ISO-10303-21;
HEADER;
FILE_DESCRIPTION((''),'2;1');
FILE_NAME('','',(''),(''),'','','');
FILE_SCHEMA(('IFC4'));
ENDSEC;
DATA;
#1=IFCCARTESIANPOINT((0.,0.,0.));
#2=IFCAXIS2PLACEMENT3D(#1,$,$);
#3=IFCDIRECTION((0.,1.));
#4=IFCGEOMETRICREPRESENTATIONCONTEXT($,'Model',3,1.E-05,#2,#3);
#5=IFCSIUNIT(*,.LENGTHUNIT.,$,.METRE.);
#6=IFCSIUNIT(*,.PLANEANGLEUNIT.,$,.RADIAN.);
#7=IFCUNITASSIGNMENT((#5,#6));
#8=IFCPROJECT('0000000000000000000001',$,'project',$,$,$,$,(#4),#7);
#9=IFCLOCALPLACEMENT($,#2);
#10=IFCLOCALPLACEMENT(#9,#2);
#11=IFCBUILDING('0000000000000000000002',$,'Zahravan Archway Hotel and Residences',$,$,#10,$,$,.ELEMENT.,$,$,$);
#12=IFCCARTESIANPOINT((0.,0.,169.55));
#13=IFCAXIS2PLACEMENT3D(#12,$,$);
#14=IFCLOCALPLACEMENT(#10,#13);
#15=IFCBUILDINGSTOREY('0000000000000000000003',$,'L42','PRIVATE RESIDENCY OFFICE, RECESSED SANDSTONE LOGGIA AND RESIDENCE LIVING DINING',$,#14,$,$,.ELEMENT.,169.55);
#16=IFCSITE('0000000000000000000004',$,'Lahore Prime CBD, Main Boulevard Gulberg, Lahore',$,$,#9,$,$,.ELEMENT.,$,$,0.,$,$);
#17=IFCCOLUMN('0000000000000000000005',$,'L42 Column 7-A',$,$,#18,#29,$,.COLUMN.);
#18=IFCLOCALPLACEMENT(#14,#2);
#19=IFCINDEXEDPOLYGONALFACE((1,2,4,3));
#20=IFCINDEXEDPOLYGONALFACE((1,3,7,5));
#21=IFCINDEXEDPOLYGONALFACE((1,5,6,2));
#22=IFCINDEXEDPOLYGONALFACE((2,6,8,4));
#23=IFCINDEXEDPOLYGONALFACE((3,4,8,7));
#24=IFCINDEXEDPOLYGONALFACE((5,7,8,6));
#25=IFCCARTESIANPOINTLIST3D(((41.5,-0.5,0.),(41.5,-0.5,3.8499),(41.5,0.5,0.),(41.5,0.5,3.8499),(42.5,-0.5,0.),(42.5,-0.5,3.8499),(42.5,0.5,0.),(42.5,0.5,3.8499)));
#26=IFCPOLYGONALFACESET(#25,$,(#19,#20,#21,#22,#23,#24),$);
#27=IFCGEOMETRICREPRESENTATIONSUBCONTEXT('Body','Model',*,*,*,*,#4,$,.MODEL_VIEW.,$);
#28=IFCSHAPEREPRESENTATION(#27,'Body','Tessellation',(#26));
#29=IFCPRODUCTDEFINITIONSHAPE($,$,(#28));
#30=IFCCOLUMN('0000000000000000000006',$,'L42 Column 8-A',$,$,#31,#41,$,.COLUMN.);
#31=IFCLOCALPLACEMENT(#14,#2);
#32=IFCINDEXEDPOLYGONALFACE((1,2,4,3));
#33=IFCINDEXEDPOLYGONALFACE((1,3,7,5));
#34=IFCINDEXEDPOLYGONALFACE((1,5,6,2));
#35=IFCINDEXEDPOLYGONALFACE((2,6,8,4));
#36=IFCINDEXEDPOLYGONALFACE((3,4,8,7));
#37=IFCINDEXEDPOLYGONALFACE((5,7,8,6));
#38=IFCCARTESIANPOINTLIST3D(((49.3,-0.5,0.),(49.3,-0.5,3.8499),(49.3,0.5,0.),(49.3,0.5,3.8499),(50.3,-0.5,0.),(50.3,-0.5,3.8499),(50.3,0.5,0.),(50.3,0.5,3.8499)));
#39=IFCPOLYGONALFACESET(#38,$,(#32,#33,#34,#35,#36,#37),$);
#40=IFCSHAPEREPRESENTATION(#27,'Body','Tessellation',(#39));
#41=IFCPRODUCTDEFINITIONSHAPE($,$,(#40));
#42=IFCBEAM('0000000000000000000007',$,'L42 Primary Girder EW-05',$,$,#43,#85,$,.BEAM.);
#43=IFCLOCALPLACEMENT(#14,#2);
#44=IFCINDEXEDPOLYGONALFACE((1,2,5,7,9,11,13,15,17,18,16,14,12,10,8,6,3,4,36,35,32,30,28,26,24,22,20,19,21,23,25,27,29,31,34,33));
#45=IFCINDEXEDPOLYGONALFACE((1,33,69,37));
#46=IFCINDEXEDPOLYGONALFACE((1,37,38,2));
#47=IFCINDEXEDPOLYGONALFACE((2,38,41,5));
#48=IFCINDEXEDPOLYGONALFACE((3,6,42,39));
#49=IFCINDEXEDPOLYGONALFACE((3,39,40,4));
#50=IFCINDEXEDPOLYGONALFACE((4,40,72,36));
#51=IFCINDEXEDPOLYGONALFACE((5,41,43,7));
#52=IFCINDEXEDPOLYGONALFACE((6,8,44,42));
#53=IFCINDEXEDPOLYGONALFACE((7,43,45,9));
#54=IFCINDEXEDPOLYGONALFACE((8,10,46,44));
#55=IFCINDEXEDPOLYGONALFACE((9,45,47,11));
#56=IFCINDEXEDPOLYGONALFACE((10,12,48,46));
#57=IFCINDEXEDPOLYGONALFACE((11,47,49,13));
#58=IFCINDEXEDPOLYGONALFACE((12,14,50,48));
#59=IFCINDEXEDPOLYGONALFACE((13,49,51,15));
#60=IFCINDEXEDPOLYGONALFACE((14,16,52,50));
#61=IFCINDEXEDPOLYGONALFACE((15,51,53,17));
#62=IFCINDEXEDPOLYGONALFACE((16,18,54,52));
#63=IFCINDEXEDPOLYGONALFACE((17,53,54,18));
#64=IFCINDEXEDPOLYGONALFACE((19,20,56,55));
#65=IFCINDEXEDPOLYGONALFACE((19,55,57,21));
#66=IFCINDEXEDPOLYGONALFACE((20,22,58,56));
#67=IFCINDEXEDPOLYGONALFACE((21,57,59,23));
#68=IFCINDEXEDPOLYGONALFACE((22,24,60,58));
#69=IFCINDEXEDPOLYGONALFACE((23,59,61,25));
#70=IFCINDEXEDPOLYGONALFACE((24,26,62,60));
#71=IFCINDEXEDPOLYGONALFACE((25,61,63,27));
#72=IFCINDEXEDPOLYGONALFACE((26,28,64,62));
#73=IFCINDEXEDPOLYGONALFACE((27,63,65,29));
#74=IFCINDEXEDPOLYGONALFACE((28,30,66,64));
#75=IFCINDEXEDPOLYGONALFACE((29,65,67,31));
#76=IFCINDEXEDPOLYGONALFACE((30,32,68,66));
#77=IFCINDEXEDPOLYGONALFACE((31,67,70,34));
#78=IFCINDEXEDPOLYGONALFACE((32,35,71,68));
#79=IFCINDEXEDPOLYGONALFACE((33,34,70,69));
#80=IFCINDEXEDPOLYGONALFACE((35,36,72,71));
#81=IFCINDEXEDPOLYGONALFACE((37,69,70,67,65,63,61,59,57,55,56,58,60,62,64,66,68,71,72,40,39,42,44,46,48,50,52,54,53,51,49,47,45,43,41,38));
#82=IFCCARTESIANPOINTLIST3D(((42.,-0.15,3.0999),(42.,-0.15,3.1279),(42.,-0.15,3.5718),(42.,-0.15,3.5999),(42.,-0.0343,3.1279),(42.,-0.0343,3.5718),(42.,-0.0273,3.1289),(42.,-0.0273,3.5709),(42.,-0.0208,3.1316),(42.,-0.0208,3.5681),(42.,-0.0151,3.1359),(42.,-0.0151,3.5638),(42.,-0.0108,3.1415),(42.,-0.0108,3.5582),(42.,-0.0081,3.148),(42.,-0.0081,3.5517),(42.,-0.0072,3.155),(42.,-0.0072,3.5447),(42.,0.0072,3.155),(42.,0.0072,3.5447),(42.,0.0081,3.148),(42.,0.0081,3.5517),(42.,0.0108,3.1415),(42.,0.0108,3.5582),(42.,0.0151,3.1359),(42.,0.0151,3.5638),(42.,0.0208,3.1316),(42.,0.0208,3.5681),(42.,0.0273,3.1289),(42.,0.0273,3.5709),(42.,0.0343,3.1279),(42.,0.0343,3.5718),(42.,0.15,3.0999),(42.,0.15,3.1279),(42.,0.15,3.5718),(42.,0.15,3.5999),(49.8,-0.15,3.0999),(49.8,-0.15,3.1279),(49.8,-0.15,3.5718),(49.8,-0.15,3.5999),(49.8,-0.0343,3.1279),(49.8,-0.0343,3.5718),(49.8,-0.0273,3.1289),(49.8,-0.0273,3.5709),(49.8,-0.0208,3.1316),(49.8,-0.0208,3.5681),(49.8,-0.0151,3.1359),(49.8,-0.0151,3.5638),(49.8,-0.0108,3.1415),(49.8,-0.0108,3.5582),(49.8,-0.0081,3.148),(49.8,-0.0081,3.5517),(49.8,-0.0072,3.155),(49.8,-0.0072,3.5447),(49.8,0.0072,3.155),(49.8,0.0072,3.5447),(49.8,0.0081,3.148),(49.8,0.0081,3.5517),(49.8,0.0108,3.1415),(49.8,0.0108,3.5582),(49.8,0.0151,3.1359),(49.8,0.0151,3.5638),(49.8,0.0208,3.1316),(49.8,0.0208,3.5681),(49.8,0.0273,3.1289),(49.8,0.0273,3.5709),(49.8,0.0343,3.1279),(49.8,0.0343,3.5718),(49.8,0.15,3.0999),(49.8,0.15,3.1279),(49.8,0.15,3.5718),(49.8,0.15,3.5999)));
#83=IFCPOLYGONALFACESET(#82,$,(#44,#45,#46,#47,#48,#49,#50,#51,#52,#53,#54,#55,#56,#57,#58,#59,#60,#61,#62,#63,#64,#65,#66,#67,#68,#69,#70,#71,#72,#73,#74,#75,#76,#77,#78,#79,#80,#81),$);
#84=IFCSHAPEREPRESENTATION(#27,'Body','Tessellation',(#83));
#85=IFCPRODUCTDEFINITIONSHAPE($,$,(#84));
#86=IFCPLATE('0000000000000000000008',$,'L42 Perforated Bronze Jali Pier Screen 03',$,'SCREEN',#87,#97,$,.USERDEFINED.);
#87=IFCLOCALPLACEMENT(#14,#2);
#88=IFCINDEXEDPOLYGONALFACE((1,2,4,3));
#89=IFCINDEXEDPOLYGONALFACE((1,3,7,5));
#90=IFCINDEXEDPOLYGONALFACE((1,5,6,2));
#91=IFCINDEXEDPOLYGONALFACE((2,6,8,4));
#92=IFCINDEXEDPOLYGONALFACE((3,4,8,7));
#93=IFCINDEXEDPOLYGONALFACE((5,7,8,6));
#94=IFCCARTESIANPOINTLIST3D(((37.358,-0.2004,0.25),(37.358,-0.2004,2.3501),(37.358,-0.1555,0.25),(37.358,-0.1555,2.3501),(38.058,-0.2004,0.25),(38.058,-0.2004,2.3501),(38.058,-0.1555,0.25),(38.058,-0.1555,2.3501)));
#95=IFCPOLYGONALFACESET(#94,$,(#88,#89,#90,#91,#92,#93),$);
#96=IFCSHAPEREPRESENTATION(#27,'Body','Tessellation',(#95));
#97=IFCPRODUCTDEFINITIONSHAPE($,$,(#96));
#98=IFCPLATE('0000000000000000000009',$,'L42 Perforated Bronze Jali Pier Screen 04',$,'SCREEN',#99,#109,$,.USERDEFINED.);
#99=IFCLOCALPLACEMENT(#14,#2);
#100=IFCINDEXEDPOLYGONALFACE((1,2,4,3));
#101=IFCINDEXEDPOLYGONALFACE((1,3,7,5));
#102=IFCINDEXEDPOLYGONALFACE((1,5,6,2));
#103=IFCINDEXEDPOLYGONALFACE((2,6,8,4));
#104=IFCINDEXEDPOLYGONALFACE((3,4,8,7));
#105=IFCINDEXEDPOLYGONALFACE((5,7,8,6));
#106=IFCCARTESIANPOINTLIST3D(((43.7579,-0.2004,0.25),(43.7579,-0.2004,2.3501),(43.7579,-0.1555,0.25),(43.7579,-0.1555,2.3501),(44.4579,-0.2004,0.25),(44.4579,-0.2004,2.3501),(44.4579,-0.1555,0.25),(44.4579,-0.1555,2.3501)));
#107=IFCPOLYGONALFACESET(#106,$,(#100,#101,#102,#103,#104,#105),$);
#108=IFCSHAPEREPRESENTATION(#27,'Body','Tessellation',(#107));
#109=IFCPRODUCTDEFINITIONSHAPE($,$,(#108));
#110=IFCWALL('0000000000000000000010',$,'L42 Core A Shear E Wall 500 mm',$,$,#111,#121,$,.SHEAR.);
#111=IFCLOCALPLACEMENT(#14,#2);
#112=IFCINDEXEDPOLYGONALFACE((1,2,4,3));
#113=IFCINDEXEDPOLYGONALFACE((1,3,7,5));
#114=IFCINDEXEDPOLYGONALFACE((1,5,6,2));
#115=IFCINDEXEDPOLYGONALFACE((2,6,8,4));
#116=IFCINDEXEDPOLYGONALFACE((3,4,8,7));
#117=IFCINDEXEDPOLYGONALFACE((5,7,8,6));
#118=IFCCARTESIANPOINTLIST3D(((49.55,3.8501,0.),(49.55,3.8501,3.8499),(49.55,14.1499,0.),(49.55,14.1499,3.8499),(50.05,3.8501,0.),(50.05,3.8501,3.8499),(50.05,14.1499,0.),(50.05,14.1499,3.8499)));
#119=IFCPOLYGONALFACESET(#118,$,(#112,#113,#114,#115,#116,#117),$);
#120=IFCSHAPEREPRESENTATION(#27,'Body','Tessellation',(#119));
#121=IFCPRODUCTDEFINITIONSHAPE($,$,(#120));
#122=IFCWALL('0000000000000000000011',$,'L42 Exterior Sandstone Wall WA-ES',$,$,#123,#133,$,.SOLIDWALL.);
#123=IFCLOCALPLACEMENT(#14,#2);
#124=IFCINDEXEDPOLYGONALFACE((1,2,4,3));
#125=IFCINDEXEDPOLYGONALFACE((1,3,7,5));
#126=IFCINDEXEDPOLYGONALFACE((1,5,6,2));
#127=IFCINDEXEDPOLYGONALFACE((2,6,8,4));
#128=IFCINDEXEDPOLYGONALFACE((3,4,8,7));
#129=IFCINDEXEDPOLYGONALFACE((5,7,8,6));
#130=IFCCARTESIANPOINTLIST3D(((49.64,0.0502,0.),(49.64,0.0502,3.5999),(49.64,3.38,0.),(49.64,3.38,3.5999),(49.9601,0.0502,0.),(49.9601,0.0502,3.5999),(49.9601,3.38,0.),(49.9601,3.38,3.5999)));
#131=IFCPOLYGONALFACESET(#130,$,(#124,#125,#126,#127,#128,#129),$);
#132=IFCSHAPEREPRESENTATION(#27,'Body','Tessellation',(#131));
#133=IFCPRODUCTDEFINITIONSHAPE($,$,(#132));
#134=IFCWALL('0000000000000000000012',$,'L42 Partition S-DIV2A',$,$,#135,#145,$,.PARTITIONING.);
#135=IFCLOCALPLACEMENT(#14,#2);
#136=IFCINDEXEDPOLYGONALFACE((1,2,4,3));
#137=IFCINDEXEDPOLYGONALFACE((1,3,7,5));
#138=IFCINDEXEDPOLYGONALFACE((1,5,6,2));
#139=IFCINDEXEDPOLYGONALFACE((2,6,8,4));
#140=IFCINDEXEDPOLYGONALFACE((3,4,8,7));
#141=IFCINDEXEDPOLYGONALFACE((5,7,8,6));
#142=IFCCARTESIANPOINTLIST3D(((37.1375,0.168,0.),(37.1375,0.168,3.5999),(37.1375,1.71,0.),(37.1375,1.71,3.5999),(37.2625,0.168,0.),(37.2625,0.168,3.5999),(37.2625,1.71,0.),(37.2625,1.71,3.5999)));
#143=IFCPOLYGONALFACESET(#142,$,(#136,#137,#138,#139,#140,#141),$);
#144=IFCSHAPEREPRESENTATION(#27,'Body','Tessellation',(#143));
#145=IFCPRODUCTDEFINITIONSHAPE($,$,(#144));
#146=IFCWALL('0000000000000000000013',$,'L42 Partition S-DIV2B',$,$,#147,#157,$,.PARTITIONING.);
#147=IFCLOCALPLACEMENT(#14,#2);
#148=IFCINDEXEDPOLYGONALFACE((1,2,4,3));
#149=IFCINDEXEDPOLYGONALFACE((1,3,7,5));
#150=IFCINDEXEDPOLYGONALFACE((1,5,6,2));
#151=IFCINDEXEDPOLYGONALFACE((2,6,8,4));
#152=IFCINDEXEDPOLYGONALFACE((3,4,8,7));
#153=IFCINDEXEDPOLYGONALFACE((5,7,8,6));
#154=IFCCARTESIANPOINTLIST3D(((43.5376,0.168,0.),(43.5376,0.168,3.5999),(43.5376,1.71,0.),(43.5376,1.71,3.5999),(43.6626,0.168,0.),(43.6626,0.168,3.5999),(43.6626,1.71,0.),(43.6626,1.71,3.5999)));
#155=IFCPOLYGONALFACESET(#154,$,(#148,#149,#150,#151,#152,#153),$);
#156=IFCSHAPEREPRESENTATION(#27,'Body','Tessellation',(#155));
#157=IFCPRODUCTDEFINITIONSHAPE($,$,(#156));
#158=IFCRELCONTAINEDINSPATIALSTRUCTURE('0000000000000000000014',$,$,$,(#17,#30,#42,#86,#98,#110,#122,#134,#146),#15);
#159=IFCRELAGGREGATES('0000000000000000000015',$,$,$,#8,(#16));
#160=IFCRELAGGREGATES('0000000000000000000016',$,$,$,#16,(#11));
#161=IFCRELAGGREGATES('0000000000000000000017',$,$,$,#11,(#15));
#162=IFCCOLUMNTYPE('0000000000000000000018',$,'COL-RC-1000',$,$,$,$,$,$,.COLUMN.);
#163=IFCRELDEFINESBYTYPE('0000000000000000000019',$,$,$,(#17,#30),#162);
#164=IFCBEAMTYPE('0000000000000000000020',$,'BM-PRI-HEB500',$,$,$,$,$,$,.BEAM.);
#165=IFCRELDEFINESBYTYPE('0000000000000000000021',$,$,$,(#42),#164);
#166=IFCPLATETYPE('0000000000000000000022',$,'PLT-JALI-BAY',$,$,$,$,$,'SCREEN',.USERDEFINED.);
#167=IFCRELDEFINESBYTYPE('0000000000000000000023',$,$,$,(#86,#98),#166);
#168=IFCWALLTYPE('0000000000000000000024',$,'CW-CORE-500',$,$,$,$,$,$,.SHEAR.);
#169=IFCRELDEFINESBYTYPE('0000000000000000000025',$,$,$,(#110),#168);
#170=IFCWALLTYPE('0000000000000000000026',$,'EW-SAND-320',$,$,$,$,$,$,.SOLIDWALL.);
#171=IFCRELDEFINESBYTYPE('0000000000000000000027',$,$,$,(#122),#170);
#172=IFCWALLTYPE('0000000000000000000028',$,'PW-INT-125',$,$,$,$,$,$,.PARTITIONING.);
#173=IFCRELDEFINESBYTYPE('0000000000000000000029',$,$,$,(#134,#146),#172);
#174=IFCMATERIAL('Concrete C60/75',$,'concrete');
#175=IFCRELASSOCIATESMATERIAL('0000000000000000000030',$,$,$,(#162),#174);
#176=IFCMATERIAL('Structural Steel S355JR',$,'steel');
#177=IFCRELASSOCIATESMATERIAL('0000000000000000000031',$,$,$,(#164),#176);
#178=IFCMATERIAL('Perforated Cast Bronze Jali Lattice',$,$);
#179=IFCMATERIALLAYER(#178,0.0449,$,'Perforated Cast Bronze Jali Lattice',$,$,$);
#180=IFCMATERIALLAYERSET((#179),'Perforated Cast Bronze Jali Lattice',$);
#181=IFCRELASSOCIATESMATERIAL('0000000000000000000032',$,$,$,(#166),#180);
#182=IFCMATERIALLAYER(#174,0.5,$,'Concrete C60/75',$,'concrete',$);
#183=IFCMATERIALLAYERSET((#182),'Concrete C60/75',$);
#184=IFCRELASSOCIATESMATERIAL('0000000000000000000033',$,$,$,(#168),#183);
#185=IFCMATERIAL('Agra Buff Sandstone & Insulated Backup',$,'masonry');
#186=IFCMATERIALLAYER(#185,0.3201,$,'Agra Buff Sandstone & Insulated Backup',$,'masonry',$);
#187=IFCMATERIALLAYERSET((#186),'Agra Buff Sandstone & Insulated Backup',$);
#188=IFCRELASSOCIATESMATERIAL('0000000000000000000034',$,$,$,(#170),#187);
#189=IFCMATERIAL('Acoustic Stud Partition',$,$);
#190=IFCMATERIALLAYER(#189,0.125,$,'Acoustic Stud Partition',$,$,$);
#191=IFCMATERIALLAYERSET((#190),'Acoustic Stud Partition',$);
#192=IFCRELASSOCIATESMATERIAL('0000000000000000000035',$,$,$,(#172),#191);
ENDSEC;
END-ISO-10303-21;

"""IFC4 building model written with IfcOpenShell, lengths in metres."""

from ifc_helpers import new_model, si_unit, direction, frame, frame_2d, origin, origin_2d, place, context, subcontext, project, spatial, rectangle, i_section, extrude, source, transform, mapped, material, layer, layer_set, material_profile, profile_set, type_object, type_shapes, element, save


model = new_model("IFC4")

# Units and contexts
model_context = context("Model", 3, precision=1e-05, world=origin(), true_north=direction((0.0, 1.0)))
body_context = subcontext(model_context, "Body", "Model", "MODEL_VIEW")
ifc_project = project(units=[si_unit("LENGTHUNIT", "METRE"), si_unit("PLANEANGLEUNIT", "RADIAN")], contexts=[model_context])

# Site, building, storey
site_placement = place(None, origin())
site = spatial("IfcSite", under=ifc_project, at=site_placement, Name="Lahore Prime CBD, Main Boulevard Gulberg, Lahore", CompositionType="ELEMENT", RefElevation=0.0)
building_placement = place(site_placement, origin())
building = spatial("IfcBuilding", under=site, at=building_placement, Name="Zahravan Archway Hotel and Residences", CompositionType="ELEMENT")
storey_placement = place(building_placement, frame((0.0, 0.0, 169.55)))
storey = spatial("IfcBuildingStorey", under=building, at=storey_placement, Name="L42", Description="PRIVATE RESIDENCY OFFICE, RECESSED SANDSTONE LOGGIA AND RESIDENCE LIVING DINING", CompositionType="ELEMENT", Elevation=169.55)

# Columns
ifc_material_1 = material(Name="Concrete C60/75", Category="concrete")
ifc_material_profile_1 = material_profile(ifc_material_1, rectangle(XDim=1.0, YDim=1.0, at=origin_2d()), Name="RC-COL-1000x1000", Category="concrete")
ifc_profile_set_1 = profile_set([ifc_material_profile_1], Name="Concrete C60/75")
column_type = type_object("IfcColumnType", Name="COL-RC-1000", PredefinedType="COLUMN", material=ifc_profile_set_1)
shared_shape_1 = source(origin(), body_context, "Body", "SweptSolid", [
    extrude(rectangle(XDim=1.0, YDim=1.0, at=origin_2d()), origin(), (0.0, 0.0, 1.0), 3.8499),
])
for number, where, z_axis, x_axis, name in (
    (1, (42.0, 0.0, 0.0), (0.0, 0.0, 1.0), (1.0, 0.0, 0.0), "L42 Column 7-A"),
    (2, (49.8, 0.0, 0.0), (0.0, 0.0, 1.0), (1.0, 0.0, 0.0), "L42 Column 8-A"),
):
    element("IfcColumn", number, at=place(storey_placement, frame(where, z_axis=z_axis, x_axis=x_axis)), inside=storey, type_object=column_type, Name=name, PredefinedType="COLUMN", context=body_context, shape_type="MappedRepresentation", body=[
        mapped(shared_shape_1, transform((0.0, 0.0, 0.0), scale=1.0)),
    ])

# Beam
ifc_material_2 = material(Name="Structural Steel S355JR", Category="steel")
ifc_material_profile_2 = material_profile(ifc_material_2, i_section(OverallWidth=0.3, OverallDepth=0.5, WebThickness=0.0144, FlangeThickness=0.0281, FilletRadius=0.0271, at=origin_2d()), Name="HEB 500", Category="steel")
ifc_profile_set_2 = profile_set([ifc_material_profile_2], Name="Structural Steel S355JR")
beam_type = type_object("IfcBeamType", Name="BM-PRI-HEB500", PredefinedType="BEAM", material=ifc_profile_set_2)
shared_shape_2 = source(origin(), body_context, "Body", "SweptSolid", [
    extrude(i_section(OverallWidth=0.3, OverallDepth=0.5, WebThickness=0.0144, FlangeThickness=0.0281, FilletRadius=0.0271, at=origin_2d()), origin(), (0.0, 0.0, 1.0), 7.8),
])
beam_placement = place(storey_placement, frame((42.0, 0.0, 3.3499), z_axis=(1.0, 0.0, 0.0), x_axis=(0.0, 1.0, 0.0)))
element("IfcBeam", 3, at=beam_placement, inside=storey, type_object=beam_type, Name="L42 Primary Girder EW-05", PredefinedType="BEAM", context=body_context, shape_type="MappedRepresentation", body=[
    mapped(shared_shape_2, transform((0.0, 0.0, 0.0), scale=1.0)),
])

# Plates
ifc_material_3 = material(Name="Perforated Cast Bronze Jali Lattice")
ifc_layer_1 = layer(ifc_material_3, 0.0449, Name="Perforated Cast Bronze Jali Lattice")
ifc_layer_set_1 = layer_set([ifc_layer_1], Name="Perforated Cast Bronze Jali Lattice")
plate_type = type_object("IfcPlateType", Name="PLT-JALI-BAY", ElementType="SCREEN", PredefinedType="USERDEFINED", material=ifc_layer_set_1)
shared_shape_3 = source(origin(), body_context, "Body", "SweptSolid", [
    extrude(rectangle(XDim=0.7, YDim=0.0449, at=origin_2d()), origin(), (0.0, 0.0, 1.0), 2.1001),
])
type_shapes(plate_type, [shared_shape_3])
for number, where, z_axis, x_axis, name in (
    (4, (37.708, -0.178, 0.25), (0.0, 0.0, 1.0), (1.0, 0.0, 0.0), "L42 Perforated Bronze Jali Pier Screen 03"),
    (5, (44.1079, -0.178, 0.25), (0.0, 0.0, 1.0), (1.0, 0.0, 0.0), "L42 Perforated Bronze Jali Pier Screen 04"),
):
    element("IfcPlate", number, at=place(storey_placement, frame(where, z_axis=z_axis, x_axis=x_axis)), inside=storey, type_object=plate_type, Name=name, ObjectType="SCREEN", PredefinedType="USERDEFINED", context=body_context, shape_type="MappedRepresentation", body=[
        mapped(shared_shape_3, transform((0.0, 0.0, 0.0), scale=1.0)),
    ])

# Walls
ifc_layer_2 = layer(ifc_material_1, 0.5, Name="Concrete C60/75", Category="concrete")
ifc_layer_set_2 = layer_set([ifc_layer_2], Name="Concrete C60/75")
wall_type_1 = type_object("IfcWallType", Name="CW-CORE-500", PredefinedType="SHEAR", material=ifc_layer_set_2)
wall_1_placement = place(storey_placement, frame((49.8, 3.8501, 0.0), z_axis=(0.0, 0.0, 1.0), x_axis=(0.0, 1.0, 0.0)))
element("IfcWall", 6, at=wall_1_placement, inside=storey, type_object=wall_type_1, Name="L42 Core A Shear E Wall 500 mm", PredefinedType="SHEAR", context=body_context, shape_type="SweptSolid", body=[
    extrude(rectangle(XDim=10.2998, YDim=0.5, at=frame_2d((5.1499, 0.0))), origin(), (0.0, 0.0, 1.0), 3.8499),
])
ifc_material_4 = material(Name="Agra Buff Sandstone & Insulated Backup", Category="masonry")
ifc_layer_3 = layer(ifc_material_4, 0.3201, Name="Agra Buff Sandstone & Insulated Backup", Category="masonry")
ifc_layer_set_3 = layer_set([ifc_layer_3], Name="Agra Buff Sandstone & Insulated Backup")
wall_type_2 = type_object("IfcWallType", Name="EW-SAND-320", PredefinedType="SOLIDWALL", material=ifc_layer_set_3)
wall_2_placement = place(storey_placement, frame((49.8, 0.05, 0.0), z_axis=(0.0, 0.0, 1.0), x_axis=(0.0, 1.0, 0.0)))
element("IfcWall", 7, at=wall_2_placement, inside=storey, type_object=wall_type_2, Name="L42 Exterior Sandstone Wall WA-ES", PredefinedType="SOLIDWALL", context=body_context, shape_type="SweptSolid", body=[
    extrude(rectangle(XDim=3.3298, YDim=0.3201, at=frame_2d((1.665, 0.0))), origin(), (0.0, 0.0, 1.0), 3.5999),
])
ifc_material_5 = material(Name="Acoustic Stud Partition")
ifc_layer_4 = layer(ifc_material_5, 0.125, Name="Acoustic Stud Partition")
ifc_layer_set_4 = layer_set([ifc_layer_4], Name="Acoustic Stud Partition")
wall_type_3 = type_object("IfcWallType", Name="PW-INT-125", PredefinedType="PARTITIONING", material=ifc_layer_set_4)
for number, where, z_axis, x_axis, name in (
    (8, (37.2, 0.168, 0.0), (0.0, 0.0, 1.0), (0.0, 1.0, 0.0), "L42 Partition S-DIV2A"),
    (9, (43.6001, 0.168, 0.0), (0.0, 0.0, 1.0), (0.0, 1.0, 0.0), "L42 Partition S-DIV2B"),
):
    element("IfcWall", number, at=place(storey_placement, frame(where, z_axis=z_axis, x_axis=x_axis)), inside=storey, type_object=wall_type_3, Name=name, PredefinedType="PARTITIONING", context=body_context, shape_type="SweptSolid", body=[
        extrude(rectangle(XDim=1.542, YDim=0.125, at=frame_2d((0.771, 0.0))), origin(), (0.0, 0.0, 1.0), 3.5999),
    ])

save(model, "model.ifc")
